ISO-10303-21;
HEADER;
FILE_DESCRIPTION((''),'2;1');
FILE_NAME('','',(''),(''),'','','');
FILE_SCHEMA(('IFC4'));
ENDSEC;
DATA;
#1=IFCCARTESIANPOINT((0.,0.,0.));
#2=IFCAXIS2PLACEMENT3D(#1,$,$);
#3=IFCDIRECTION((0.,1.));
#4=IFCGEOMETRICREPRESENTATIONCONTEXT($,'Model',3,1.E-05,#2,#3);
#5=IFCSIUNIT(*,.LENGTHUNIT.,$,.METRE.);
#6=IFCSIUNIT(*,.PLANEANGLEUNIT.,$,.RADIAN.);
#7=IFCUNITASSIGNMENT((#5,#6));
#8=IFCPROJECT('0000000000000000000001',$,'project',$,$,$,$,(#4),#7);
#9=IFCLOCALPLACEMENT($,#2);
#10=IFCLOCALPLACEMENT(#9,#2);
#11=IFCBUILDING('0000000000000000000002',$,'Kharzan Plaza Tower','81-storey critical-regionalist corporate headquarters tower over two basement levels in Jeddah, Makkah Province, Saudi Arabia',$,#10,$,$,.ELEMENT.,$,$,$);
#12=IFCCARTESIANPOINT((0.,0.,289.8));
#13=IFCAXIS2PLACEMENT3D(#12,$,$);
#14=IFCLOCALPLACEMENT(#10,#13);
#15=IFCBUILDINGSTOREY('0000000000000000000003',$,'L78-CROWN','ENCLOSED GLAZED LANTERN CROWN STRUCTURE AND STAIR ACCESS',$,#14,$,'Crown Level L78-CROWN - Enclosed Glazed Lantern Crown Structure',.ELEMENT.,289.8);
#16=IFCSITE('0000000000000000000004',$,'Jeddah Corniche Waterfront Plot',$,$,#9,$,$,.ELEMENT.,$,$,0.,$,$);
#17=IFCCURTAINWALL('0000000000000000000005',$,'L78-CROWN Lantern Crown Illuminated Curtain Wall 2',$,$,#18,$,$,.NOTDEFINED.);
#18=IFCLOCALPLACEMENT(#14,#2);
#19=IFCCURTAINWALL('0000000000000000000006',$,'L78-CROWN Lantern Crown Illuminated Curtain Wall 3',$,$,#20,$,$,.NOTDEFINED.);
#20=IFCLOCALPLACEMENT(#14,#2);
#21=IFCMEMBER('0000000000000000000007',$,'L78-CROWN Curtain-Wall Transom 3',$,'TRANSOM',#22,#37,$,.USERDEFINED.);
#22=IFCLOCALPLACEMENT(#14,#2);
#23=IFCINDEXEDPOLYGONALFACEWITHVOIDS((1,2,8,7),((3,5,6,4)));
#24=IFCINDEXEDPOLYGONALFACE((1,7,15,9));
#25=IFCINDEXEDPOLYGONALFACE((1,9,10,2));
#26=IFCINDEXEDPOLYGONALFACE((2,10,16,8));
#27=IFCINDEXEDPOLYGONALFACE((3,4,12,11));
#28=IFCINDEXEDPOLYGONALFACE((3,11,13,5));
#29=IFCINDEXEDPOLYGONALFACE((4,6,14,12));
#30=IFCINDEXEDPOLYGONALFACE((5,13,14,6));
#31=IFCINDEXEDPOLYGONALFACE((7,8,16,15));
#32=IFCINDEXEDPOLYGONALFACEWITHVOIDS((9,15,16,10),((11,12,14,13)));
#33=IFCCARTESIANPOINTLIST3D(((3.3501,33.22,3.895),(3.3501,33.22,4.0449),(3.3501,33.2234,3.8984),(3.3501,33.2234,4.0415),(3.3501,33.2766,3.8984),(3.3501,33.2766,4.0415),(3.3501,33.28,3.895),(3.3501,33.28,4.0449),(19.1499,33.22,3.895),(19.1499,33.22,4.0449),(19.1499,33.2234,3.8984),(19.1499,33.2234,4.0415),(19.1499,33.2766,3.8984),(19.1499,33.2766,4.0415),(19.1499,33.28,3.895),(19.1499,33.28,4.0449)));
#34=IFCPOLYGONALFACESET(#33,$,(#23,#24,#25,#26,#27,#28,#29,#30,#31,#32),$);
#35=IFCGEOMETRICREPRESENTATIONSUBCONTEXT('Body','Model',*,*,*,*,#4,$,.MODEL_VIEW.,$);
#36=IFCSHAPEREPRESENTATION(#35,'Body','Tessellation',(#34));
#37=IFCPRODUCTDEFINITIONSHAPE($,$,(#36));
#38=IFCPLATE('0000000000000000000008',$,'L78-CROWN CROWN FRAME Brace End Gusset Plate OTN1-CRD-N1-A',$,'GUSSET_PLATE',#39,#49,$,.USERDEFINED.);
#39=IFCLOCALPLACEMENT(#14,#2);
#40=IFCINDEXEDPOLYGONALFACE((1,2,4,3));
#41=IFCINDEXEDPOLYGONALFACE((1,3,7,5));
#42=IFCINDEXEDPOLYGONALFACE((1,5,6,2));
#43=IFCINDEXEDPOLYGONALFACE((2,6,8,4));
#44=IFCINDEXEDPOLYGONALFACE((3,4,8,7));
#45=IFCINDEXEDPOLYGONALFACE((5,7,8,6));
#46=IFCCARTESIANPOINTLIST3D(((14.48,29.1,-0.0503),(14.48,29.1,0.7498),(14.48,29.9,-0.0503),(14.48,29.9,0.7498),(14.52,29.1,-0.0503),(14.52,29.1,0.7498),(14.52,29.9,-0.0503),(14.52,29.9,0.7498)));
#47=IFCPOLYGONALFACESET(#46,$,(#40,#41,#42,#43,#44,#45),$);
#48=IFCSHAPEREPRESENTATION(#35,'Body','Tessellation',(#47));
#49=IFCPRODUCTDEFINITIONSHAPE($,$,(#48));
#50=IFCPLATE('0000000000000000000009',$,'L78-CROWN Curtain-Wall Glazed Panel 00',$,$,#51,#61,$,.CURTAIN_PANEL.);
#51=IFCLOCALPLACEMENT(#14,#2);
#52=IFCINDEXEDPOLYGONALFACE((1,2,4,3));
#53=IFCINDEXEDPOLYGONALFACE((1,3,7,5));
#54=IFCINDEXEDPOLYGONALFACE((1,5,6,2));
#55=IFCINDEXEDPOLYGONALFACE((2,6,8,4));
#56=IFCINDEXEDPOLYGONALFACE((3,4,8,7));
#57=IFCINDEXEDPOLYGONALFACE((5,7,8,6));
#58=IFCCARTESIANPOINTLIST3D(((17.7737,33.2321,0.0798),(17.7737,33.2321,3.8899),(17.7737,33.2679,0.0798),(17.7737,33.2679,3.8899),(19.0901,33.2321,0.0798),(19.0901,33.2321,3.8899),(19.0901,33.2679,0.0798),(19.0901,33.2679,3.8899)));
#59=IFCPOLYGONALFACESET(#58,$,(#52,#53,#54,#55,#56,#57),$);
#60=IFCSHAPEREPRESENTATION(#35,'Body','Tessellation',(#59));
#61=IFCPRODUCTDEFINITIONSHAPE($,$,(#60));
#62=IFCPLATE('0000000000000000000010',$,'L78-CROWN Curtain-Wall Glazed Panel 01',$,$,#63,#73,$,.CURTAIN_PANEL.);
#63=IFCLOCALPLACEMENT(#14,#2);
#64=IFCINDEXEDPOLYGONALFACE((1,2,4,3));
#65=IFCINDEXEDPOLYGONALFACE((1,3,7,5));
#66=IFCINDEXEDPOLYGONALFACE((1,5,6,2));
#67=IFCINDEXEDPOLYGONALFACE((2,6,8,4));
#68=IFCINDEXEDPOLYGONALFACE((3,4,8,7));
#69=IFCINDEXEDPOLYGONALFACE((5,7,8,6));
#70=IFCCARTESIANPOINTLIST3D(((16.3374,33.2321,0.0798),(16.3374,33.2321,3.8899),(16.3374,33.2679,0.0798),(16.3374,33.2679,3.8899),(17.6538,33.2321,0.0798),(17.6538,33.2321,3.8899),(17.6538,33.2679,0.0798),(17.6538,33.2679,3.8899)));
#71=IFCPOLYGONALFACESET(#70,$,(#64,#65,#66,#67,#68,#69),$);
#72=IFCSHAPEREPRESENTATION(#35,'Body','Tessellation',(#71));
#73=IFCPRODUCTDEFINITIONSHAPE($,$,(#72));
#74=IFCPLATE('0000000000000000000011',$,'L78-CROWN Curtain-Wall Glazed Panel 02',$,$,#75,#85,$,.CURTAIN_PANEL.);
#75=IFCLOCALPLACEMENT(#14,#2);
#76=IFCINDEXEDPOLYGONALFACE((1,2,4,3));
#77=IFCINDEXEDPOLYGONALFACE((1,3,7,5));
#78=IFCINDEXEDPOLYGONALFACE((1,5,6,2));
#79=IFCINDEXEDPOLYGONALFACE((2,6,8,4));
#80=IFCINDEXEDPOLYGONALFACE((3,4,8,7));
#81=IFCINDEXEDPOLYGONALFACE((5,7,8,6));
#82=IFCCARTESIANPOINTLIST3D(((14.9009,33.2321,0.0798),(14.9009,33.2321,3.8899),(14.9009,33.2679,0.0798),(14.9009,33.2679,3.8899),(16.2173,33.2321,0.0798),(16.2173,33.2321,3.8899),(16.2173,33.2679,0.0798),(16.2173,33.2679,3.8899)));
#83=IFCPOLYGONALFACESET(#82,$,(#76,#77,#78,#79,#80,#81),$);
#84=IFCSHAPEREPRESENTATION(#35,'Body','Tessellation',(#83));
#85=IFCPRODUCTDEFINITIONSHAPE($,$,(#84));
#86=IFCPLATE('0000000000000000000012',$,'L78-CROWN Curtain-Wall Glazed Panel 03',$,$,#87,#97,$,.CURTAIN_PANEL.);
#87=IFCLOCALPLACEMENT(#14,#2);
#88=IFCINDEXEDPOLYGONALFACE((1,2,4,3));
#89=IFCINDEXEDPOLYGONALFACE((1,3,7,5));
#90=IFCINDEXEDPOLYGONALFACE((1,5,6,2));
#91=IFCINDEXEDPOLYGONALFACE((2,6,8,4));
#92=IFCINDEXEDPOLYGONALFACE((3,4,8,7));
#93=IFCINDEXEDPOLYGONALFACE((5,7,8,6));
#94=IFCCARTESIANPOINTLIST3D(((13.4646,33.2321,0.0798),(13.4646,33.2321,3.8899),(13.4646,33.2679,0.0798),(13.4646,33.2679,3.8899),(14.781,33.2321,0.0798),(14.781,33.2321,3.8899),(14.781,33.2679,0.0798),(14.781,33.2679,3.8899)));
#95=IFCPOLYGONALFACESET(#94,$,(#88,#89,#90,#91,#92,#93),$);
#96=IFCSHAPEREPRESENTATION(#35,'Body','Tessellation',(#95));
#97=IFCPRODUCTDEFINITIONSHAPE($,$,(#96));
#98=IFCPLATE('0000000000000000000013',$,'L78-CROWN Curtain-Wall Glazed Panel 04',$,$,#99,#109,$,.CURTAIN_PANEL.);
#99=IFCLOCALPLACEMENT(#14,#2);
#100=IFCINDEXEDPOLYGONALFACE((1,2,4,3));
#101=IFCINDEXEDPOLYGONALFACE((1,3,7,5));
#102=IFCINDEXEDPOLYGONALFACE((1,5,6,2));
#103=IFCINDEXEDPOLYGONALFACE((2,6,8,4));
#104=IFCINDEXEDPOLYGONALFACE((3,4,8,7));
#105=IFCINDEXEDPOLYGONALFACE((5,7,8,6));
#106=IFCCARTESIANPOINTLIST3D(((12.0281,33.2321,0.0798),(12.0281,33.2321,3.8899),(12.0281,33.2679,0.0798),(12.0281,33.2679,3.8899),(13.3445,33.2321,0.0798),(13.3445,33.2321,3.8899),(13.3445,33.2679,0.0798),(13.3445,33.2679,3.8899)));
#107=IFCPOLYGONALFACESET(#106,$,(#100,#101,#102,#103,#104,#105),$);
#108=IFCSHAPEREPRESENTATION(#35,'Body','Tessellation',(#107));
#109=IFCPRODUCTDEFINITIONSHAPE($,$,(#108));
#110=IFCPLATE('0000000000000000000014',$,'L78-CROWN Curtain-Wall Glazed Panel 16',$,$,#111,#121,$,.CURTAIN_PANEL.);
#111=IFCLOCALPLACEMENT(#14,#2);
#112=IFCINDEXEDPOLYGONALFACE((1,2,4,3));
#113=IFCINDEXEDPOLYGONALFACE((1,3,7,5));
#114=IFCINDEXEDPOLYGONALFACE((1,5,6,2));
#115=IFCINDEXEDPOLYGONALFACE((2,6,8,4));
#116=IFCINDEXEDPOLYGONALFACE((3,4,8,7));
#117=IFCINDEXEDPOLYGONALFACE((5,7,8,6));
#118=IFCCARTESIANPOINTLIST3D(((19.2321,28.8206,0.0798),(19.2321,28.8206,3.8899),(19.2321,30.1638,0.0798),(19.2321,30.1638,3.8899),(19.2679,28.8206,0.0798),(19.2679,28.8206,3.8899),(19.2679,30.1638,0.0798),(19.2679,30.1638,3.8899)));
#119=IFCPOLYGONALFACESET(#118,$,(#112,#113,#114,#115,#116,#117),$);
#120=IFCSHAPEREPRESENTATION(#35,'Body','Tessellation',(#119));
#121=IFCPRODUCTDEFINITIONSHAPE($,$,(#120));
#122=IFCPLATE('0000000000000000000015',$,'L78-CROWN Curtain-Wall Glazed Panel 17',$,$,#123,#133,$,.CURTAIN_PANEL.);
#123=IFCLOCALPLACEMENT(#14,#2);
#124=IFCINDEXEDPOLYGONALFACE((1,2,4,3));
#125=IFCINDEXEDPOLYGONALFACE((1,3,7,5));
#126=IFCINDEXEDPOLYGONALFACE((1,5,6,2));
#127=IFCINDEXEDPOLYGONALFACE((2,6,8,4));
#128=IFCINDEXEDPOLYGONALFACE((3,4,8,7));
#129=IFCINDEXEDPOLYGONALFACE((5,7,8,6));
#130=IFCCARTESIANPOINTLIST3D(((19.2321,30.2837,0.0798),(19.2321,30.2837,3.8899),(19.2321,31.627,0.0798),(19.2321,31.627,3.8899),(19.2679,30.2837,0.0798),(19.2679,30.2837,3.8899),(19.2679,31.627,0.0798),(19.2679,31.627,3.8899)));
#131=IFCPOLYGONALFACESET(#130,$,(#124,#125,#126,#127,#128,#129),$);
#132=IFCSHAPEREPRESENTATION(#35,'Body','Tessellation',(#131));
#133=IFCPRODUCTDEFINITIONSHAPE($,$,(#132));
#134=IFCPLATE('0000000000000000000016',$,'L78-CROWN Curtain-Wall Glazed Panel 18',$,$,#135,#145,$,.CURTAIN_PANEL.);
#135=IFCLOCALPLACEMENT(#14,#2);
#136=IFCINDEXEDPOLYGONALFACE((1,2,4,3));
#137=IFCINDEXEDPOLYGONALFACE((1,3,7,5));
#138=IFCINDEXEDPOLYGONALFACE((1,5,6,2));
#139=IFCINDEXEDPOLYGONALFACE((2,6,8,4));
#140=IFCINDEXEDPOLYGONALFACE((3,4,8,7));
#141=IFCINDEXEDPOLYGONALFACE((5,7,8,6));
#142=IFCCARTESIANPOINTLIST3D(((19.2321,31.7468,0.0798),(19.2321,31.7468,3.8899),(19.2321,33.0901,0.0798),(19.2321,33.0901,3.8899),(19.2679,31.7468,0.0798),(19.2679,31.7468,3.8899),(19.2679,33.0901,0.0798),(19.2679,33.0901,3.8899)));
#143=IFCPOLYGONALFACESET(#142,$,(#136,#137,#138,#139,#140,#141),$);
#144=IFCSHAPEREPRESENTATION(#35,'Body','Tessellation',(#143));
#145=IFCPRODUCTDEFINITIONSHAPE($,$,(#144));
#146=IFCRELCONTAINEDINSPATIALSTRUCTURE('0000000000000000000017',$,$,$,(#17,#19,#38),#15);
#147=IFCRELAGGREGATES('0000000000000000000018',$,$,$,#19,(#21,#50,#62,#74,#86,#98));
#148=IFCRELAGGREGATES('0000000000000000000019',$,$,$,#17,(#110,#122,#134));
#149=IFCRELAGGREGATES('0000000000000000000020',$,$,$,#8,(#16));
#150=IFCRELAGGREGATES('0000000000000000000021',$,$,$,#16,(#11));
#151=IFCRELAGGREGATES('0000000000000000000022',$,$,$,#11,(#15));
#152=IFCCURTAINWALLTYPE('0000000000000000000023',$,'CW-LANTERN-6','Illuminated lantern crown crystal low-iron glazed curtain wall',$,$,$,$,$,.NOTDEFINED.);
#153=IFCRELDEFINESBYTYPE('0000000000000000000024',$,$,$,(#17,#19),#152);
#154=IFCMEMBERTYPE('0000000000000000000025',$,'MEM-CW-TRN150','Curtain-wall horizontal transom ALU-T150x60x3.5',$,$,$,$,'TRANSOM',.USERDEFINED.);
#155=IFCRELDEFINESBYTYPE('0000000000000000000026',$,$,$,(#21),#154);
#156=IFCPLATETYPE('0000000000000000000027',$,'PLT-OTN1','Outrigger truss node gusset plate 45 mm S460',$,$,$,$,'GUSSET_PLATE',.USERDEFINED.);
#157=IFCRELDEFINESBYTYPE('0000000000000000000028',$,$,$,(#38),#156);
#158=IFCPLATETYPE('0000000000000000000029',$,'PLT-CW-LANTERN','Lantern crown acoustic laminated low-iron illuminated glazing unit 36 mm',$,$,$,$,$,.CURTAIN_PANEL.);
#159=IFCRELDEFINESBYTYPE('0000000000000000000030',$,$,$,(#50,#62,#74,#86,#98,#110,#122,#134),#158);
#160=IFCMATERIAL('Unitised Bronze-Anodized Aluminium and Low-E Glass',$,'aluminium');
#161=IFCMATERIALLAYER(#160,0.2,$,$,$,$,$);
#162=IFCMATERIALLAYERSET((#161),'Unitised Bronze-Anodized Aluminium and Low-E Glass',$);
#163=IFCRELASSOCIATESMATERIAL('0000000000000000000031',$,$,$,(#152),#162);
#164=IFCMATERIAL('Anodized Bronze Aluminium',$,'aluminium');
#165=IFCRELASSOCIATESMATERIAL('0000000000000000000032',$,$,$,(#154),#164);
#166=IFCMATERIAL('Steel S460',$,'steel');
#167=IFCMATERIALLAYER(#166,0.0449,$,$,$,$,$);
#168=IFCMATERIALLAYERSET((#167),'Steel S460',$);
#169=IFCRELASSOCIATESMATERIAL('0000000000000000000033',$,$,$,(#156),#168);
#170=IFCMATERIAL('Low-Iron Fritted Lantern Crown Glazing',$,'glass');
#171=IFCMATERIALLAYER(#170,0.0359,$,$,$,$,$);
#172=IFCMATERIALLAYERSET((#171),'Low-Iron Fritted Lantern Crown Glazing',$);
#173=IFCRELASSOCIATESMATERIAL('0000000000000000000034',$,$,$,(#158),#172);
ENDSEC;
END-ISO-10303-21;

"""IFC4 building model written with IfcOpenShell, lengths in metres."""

from ifc_helpers import new_model, si_unit, direction, frame, origin, origin_2d, place, context, subcontext, project, spatial, rectangle, hollow_rectangle, extrude, source, transform, mapped, material, layer, layer_set, material_profile, profile_set, type_object, element, aggregate, save


model = new_model("IFC4")

# Units and contexts
model_context = context("Model", 3, precision=1e-05, world=origin(), true_north=direction((0.0, 1.0)))
body_context = subcontext(model_context, "Body", "Model", "MODEL_VIEW")
ifc_project = project(units=[si_unit("LENGTHUNIT", "METRE"), si_unit("PLANEANGLEUNIT", "RADIAN")], contexts=[model_context])

# Site, building, storey
site_placement = place(None, origin())
site = spatial("IfcSite", under=ifc_project, at=site_placement, Name="Jeddah Corniche Waterfront Plot", CompositionType="ELEMENT", RefElevation=0.0)
building_placement = place(site_placement, origin())
building = spatial("IfcBuilding", under=site, at=building_placement, Name="Kharzan Plaza Tower", Description="81-storey critical-regionalist corporate headquarters tower over two basement levels in Jeddah, Makkah Province, Saudi Arabia", CompositionType="ELEMENT")
storey_placement = place(building_placement, frame((0.0, 0.0, 289.8)))
storey = spatial("IfcBuildingStorey", under=building, at=storey_placement, Name="L78-CROWN", Description="ENCLOSED GLAZED LANTERN CROWN STRUCTURE AND STAIR ACCESS", LongName="Crown Level L78-CROWN - Enclosed Glazed Lantern Crown Structure", CompositionType="ELEMENT", Elevation=289.8)

# Curtain walls, member
ifc_material_1 = material(Name="Unitised Bronze-Anodized Aluminium and Low-E Glass", Category="aluminium")
ifc_layer_1 = layer(ifc_material_1, 0.2)
ifc_layer_set_1 = layer_set([ifc_layer_1], Name="Unitised Bronze-Anodized Aluminium and Low-E Glass")
curtain_wall_type = type_object("IfcCurtainWallType", Name="CW-LANTERN-6", Description="Illuminated lantern crown crystal low-iron glazed curtain wall", PredefinedType="NOTDEFINED", material=ifc_layer_set_1)
curtain_wall_1_placement = place(storey_placement, origin())
curtain_wall_1 = element("IfcCurtainWall", 1, at=curtain_wall_1_placement, inside=storey, type_object=curtain_wall_type, Name="L78-CROWN Lantern Crown Illuminated Curtain Wall 2", PredefinedType="NOTDEFINED")
ifc_material_2 = material(Name="Anodized Bronze Aluminium", Category="aluminium")
curtain_wall_2_placement = place(storey_placement, origin())
curtain_wall_2 = element("IfcCurtainWall", 2, at=curtain_wall_2_placement, inside=storey, type_object=curtain_wall_type, Name="L78-CROWN Lantern Crown Illuminated Curtain Wall 3", PredefinedType="NOTDEFINED")
ifc_material_profile_1 = material_profile(ifc_material_2, hollow_rectangle(XDim=0.0601, YDim=0.1499, WallThickness=0.0034, at=origin_2d()), Name="ALU-T150x60x3.5")
ifc_profile_set_1 = profile_set([ifc_material_profile_1], Name="Anodized Bronze Aluminium")
member_type_1 = type_object("IfcMemberType", Name="MEM-CW-TRN150", Description="Curtain-wall horizontal transom ALU-T150x60x3.5", ElementType="TRANSOM", PredefinedType="USERDEFINED", material=ifc_profile_set_1)
shared_shape_1 = source(origin(), body_context, "Body", "SweptSolid", [
    extrude(hollow_rectangle(XDim=0.0601, YDim=0.1499, WallThickness=0.0034, at=origin_2d()), origin(), (0.0, 0.0, 1.0), 15.7998),
])
member_1_placement = place(storey_placement, frame((19.1499, 33.25, 3.97), z_axis=(-1.0, 0.0, 0.0), x_axis=(0.0, -1.0, 0.0)))
member_1 = element("IfcMember", 3, at=member_1_placement, type_object=member_type_1, Name="L78-CROWN Curtain-Wall Transom 3", ObjectType="TRANSOM", PredefinedType="USERDEFINED", context=body_context, shape_type="MappedRepresentation", body=[
    mapped(shared_shape_1, transform((0.0, 0.0, 0.0), x_axis=(1.0, 0.0, 0.0), y_axis=(0.0, 1.0, 0.0), z_axis=(0.0, 0.0, 1.0))),
])

# Plates
ifc_material_3 = material(Name="Steel S460", Category="steel")
ifc_layer_2 = layer(ifc_material_3, 0.0449)
ifc_layer_set_2 = layer_set([ifc_layer_2], Name="Steel S460")
plate_type_1 = type_object("IfcPlateType", Name="PLT-OTN1", Description="Outrigger truss node gusset plate 45 mm S460", ElementType="GUSSET_PLATE", PredefinedType="USERDEFINED", material=ifc_layer_set_2)
shared_shape_2 = source(origin(), body_context, "Body", "SweptSolid", [
    extrude(rectangle(XDim=0.8, YDim=0.04, at=origin_2d()), origin(), (0.0, 0.0, 1.0), 0.8),
])
plate_1_placement = place(storey_placement, frame((14.5, 29.5, -0.0503), z_axis=(0.0, 0.0, 1.0), x_axis=(0.0, -1.0, 0.0)))
element("IfcPlate", 4, at=plate_1_placement, inside=storey, type_object=plate_type_1, Name="L78-CROWN CROWN FRAME Brace End Gusset Plate OTN1-CRD-N1-A", ObjectType="GUSSET_PLATE", PredefinedType="USERDEFINED", context=body_context, shape_type="MappedRepresentation", body=[
    mapped(shared_shape_2, transform((0.0, 0.0, 0.0), x_axis=(1.0, 0.0, 0.0), y_axis=(0.0, 1.0, 0.0), z_axis=(0.0, 0.0, 1.0))),
])
ifc_material_4 = material(Name="Low-Iron Fritted Lantern Crown Glazing", Category="glass")
ifc_layer_3 = layer(ifc_material_4, 0.0359)
ifc_layer_set_3 = layer_set([ifc_layer_3], Name="Low-Iron Fritted Lantern Crown Glazing")
plate_type_2 = type_object("IfcPlateType", Name="PLT-CW-LANTERN", Description="Lantern crown acoustic laminated low-iron illuminated glazing unit 36 mm", PredefinedType="CURTAIN_PANEL", material=ifc_layer_set_3)
shared_shape_3 = source(origin(), body_context, "Body", "SweptSolid", [
    extrude(rectangle(XDim=1.3164, YDim=0.0359, at=origin_2d()), origin(), (0.0, 0.0, 1.0), 3.8101),
])
plate_2_placement = place(storey_placement, frame((18.4319, 33.25, 0.0798), z_axis=(0.0, 0.0, 1.0), x_axis=(-1.0, 0.0, 0.0)))
plate_2 = element("IfcPlate", 5, at=plate_2_placement, type_object=plate_type_2, Name="L78-CROWN Curtain-Wall Glazed Panel 00", PredefinedType="CURTAIN_PANEL", context=body_context, shape_type="MappedRepresentation", body=[
    mapped(shared_shape_3, transform((0.0, 0.0, 0.0), x_axis=(1.0, 0.0, 0.0), y_axis=(0.0, 1.0, 0.0), z_axis=(0.0, 0.0, 1.0))),
])
plate_3_placement = place(storey_placement, frame((16.9956, 33.25, 0.0798), z_axis=(0.0, 0.0, 1.0), x_axis=(-1.0, 0.0, 0.0)))
plate_3 = element("IfcPlate", 6, at=plate_3_placement, type_object=plate_type_2, Name="L78-CROWN Curtain-Wall Glazed Panel 01", PredefinedType="CURTAIN_PANEL", context=body_context, shape_type="MappedRepresentation", body=[
    mapped(shared_shape_3, transform((0.0, 0.0, 0.0), x_axis=(1.0, 0.0, 0.0), y_axis=(0.0, 1.0, 0.0), z_axis=(0.0, 0.0, 1.0))),
])
plate_4_placement = place(storey_placement, frame((15.5591, 33.25, 0.0798), z_axis=(0.0, 0.0, 1.0), x_axis=(-1.0, 0.0, 0.0)))
plate_4 = element("IfcPlate", 7, at=plate_4_placement, type_object=plate_type_2, Name="L78-CROWN Curtain-Wall Glazed Panel 02", PredefinedType="CURTAIN_PANEL", context=body_context, shape_type="MappedRepresentation", body=[
    mapped(shared_shape_3, transform((0.0, 0.0, 0.0), x_axis=(1.0, 0.0, 0.0), y_axis=(0.0, 1.0, 0.0), z_axis=(0.0, 0.0, 1.0))),
])
plate_5_placement = place(storey_placement, frame((14.1228, 33.25, 0.0798), z_axis=(0.0, 0.0, 1.0), x_axis=(-1.0, 0.0, 0.0)))
plate_5 = element("IfcPlate", 8, at=plate_5_placement, type_object=plate_type_2, Name="L78-CROWN Curtain-Wall Glazed Panel 03", PredefinedType="CURTAIN_PANEL", context=body_context, shape_type="MappedRepresentation", body=[
    mapped(shared_shape_3, transform((0.0, 0.0, 0.0), x_axis=(1.0, 0.0, 0.0), y_axis=(0.0, 1.0, 0.0), z_axis=(0.0, 0.0, 1.0))),
])
plate_6_placement = place(storey_placement, frame((12.6863, 33.25, 0.0798), z_axis=(0.0, 0.0, 1.0), x_axis=(-1.0, 0.0, 0.0)))
plate_6 = element("IfcPlate", 9, at=plate_6_placement, type_object=plate_type_2, Name="L78-CROWN Curtain-Wall Glazed Panel 04", PredefinedType="CURTAIN_PANEL", context=body_context, shape_type="MappedRepresentation", body=[
    mapped(shared_shape_3, transform((0.0, 0.0, 0.0), x_axis=(1.0, 0.0, 0.0), y_axis=(0.0, 1.0, 0.0), z_axis=(0.0, 0.0, 1.0))),
])
aggregate(curtain_wall_2, [member_1, plate_2, plate_3, plate_4, plate_5, plate_6])
shared_shape_4 = source(origin(), body_context, "Body", "SweptSolid", [
    extrude(rectangle(XDim=1.3433, YDim=0.0359, at=origin_2d()), origin(), (0.0, 0.0, 1.0), 3.8101),
])
plate_7_placement = place(storey_placement, frame((19.25, 29.4922, 0.0798), z_axis=(0.0, 0.0, 1.0), x_axis=(0.0, 1.0, 0.0)))
plate_7 = element("IfcPlate", 10, at=plate_7_placement, type_object=plate_type_2, Name="L78-CROWN Curtain-Wall Glazed Panel 16", PredefinedType="CURTAIN_PANEL", context=body_context, shape_type="MappedRepresentation", body=[
    mapped(shared_shape_4, transform((0.0, 0.0, 0.0), x_axis=(1.0, 0.0, 0.0), y_axis=(0.0, 1.0, 0.0), z_axis=(0.0, 0.0, 1.0))),
])
plate_8_placement = place(storey_placement, frame((19.25, 30.9553, 0.0798), z_axis=(0.0, 0.0, 1.0), x_axis=(0.0, 1.0, 0.0)))
plate_8 = element("IfcPlate", 11, at=plate_8_placement, type_object=plate_type_2, Name="L78-CROWN Curtain-Wall Glazed Panel 17", PredefinedType="CURTAIN_PANEL", context=body_context, shape_type="MappedRepresentation", body=[
    mapped(shared_shape_4, transform((0.0, 0.0, 0.0), x_axis=(1.0, 0.0, 0.0), y_axis=(0.0, 1.0, 0.0), z_axis=(0.0, 0.0, 1.0))),
])
plate_9_placement = place(storey_placement, frame((19.25, 32.4185, 0.0798), z_axis=(0.0, 0.0, 1.0), x_axis=(0.0, 1.0, 0.0)))
plate_9 = element("IfcPlate", 12, at=plate_9_placement, type_object=plate_type_2, Name="L78-CROWN Curtain-Wall Glazed Panel 18", PredefinedType="CURTAIN_PANEL", context=body_context, shape_type="MappedRepresentation", body=[
    mapped(shared_shape_4, transform((0.0, 0.0, 0.0), x_axis=(1.0, 0.0, 0.0), y_axis=(0.0, 1.0, 0.0), z_axis=(0.0, 0.0, 1.0))),
])
aggregate(curtain_wall_1, [plate_7, plate_8, plate_9])

save(model, "model.ifc")
